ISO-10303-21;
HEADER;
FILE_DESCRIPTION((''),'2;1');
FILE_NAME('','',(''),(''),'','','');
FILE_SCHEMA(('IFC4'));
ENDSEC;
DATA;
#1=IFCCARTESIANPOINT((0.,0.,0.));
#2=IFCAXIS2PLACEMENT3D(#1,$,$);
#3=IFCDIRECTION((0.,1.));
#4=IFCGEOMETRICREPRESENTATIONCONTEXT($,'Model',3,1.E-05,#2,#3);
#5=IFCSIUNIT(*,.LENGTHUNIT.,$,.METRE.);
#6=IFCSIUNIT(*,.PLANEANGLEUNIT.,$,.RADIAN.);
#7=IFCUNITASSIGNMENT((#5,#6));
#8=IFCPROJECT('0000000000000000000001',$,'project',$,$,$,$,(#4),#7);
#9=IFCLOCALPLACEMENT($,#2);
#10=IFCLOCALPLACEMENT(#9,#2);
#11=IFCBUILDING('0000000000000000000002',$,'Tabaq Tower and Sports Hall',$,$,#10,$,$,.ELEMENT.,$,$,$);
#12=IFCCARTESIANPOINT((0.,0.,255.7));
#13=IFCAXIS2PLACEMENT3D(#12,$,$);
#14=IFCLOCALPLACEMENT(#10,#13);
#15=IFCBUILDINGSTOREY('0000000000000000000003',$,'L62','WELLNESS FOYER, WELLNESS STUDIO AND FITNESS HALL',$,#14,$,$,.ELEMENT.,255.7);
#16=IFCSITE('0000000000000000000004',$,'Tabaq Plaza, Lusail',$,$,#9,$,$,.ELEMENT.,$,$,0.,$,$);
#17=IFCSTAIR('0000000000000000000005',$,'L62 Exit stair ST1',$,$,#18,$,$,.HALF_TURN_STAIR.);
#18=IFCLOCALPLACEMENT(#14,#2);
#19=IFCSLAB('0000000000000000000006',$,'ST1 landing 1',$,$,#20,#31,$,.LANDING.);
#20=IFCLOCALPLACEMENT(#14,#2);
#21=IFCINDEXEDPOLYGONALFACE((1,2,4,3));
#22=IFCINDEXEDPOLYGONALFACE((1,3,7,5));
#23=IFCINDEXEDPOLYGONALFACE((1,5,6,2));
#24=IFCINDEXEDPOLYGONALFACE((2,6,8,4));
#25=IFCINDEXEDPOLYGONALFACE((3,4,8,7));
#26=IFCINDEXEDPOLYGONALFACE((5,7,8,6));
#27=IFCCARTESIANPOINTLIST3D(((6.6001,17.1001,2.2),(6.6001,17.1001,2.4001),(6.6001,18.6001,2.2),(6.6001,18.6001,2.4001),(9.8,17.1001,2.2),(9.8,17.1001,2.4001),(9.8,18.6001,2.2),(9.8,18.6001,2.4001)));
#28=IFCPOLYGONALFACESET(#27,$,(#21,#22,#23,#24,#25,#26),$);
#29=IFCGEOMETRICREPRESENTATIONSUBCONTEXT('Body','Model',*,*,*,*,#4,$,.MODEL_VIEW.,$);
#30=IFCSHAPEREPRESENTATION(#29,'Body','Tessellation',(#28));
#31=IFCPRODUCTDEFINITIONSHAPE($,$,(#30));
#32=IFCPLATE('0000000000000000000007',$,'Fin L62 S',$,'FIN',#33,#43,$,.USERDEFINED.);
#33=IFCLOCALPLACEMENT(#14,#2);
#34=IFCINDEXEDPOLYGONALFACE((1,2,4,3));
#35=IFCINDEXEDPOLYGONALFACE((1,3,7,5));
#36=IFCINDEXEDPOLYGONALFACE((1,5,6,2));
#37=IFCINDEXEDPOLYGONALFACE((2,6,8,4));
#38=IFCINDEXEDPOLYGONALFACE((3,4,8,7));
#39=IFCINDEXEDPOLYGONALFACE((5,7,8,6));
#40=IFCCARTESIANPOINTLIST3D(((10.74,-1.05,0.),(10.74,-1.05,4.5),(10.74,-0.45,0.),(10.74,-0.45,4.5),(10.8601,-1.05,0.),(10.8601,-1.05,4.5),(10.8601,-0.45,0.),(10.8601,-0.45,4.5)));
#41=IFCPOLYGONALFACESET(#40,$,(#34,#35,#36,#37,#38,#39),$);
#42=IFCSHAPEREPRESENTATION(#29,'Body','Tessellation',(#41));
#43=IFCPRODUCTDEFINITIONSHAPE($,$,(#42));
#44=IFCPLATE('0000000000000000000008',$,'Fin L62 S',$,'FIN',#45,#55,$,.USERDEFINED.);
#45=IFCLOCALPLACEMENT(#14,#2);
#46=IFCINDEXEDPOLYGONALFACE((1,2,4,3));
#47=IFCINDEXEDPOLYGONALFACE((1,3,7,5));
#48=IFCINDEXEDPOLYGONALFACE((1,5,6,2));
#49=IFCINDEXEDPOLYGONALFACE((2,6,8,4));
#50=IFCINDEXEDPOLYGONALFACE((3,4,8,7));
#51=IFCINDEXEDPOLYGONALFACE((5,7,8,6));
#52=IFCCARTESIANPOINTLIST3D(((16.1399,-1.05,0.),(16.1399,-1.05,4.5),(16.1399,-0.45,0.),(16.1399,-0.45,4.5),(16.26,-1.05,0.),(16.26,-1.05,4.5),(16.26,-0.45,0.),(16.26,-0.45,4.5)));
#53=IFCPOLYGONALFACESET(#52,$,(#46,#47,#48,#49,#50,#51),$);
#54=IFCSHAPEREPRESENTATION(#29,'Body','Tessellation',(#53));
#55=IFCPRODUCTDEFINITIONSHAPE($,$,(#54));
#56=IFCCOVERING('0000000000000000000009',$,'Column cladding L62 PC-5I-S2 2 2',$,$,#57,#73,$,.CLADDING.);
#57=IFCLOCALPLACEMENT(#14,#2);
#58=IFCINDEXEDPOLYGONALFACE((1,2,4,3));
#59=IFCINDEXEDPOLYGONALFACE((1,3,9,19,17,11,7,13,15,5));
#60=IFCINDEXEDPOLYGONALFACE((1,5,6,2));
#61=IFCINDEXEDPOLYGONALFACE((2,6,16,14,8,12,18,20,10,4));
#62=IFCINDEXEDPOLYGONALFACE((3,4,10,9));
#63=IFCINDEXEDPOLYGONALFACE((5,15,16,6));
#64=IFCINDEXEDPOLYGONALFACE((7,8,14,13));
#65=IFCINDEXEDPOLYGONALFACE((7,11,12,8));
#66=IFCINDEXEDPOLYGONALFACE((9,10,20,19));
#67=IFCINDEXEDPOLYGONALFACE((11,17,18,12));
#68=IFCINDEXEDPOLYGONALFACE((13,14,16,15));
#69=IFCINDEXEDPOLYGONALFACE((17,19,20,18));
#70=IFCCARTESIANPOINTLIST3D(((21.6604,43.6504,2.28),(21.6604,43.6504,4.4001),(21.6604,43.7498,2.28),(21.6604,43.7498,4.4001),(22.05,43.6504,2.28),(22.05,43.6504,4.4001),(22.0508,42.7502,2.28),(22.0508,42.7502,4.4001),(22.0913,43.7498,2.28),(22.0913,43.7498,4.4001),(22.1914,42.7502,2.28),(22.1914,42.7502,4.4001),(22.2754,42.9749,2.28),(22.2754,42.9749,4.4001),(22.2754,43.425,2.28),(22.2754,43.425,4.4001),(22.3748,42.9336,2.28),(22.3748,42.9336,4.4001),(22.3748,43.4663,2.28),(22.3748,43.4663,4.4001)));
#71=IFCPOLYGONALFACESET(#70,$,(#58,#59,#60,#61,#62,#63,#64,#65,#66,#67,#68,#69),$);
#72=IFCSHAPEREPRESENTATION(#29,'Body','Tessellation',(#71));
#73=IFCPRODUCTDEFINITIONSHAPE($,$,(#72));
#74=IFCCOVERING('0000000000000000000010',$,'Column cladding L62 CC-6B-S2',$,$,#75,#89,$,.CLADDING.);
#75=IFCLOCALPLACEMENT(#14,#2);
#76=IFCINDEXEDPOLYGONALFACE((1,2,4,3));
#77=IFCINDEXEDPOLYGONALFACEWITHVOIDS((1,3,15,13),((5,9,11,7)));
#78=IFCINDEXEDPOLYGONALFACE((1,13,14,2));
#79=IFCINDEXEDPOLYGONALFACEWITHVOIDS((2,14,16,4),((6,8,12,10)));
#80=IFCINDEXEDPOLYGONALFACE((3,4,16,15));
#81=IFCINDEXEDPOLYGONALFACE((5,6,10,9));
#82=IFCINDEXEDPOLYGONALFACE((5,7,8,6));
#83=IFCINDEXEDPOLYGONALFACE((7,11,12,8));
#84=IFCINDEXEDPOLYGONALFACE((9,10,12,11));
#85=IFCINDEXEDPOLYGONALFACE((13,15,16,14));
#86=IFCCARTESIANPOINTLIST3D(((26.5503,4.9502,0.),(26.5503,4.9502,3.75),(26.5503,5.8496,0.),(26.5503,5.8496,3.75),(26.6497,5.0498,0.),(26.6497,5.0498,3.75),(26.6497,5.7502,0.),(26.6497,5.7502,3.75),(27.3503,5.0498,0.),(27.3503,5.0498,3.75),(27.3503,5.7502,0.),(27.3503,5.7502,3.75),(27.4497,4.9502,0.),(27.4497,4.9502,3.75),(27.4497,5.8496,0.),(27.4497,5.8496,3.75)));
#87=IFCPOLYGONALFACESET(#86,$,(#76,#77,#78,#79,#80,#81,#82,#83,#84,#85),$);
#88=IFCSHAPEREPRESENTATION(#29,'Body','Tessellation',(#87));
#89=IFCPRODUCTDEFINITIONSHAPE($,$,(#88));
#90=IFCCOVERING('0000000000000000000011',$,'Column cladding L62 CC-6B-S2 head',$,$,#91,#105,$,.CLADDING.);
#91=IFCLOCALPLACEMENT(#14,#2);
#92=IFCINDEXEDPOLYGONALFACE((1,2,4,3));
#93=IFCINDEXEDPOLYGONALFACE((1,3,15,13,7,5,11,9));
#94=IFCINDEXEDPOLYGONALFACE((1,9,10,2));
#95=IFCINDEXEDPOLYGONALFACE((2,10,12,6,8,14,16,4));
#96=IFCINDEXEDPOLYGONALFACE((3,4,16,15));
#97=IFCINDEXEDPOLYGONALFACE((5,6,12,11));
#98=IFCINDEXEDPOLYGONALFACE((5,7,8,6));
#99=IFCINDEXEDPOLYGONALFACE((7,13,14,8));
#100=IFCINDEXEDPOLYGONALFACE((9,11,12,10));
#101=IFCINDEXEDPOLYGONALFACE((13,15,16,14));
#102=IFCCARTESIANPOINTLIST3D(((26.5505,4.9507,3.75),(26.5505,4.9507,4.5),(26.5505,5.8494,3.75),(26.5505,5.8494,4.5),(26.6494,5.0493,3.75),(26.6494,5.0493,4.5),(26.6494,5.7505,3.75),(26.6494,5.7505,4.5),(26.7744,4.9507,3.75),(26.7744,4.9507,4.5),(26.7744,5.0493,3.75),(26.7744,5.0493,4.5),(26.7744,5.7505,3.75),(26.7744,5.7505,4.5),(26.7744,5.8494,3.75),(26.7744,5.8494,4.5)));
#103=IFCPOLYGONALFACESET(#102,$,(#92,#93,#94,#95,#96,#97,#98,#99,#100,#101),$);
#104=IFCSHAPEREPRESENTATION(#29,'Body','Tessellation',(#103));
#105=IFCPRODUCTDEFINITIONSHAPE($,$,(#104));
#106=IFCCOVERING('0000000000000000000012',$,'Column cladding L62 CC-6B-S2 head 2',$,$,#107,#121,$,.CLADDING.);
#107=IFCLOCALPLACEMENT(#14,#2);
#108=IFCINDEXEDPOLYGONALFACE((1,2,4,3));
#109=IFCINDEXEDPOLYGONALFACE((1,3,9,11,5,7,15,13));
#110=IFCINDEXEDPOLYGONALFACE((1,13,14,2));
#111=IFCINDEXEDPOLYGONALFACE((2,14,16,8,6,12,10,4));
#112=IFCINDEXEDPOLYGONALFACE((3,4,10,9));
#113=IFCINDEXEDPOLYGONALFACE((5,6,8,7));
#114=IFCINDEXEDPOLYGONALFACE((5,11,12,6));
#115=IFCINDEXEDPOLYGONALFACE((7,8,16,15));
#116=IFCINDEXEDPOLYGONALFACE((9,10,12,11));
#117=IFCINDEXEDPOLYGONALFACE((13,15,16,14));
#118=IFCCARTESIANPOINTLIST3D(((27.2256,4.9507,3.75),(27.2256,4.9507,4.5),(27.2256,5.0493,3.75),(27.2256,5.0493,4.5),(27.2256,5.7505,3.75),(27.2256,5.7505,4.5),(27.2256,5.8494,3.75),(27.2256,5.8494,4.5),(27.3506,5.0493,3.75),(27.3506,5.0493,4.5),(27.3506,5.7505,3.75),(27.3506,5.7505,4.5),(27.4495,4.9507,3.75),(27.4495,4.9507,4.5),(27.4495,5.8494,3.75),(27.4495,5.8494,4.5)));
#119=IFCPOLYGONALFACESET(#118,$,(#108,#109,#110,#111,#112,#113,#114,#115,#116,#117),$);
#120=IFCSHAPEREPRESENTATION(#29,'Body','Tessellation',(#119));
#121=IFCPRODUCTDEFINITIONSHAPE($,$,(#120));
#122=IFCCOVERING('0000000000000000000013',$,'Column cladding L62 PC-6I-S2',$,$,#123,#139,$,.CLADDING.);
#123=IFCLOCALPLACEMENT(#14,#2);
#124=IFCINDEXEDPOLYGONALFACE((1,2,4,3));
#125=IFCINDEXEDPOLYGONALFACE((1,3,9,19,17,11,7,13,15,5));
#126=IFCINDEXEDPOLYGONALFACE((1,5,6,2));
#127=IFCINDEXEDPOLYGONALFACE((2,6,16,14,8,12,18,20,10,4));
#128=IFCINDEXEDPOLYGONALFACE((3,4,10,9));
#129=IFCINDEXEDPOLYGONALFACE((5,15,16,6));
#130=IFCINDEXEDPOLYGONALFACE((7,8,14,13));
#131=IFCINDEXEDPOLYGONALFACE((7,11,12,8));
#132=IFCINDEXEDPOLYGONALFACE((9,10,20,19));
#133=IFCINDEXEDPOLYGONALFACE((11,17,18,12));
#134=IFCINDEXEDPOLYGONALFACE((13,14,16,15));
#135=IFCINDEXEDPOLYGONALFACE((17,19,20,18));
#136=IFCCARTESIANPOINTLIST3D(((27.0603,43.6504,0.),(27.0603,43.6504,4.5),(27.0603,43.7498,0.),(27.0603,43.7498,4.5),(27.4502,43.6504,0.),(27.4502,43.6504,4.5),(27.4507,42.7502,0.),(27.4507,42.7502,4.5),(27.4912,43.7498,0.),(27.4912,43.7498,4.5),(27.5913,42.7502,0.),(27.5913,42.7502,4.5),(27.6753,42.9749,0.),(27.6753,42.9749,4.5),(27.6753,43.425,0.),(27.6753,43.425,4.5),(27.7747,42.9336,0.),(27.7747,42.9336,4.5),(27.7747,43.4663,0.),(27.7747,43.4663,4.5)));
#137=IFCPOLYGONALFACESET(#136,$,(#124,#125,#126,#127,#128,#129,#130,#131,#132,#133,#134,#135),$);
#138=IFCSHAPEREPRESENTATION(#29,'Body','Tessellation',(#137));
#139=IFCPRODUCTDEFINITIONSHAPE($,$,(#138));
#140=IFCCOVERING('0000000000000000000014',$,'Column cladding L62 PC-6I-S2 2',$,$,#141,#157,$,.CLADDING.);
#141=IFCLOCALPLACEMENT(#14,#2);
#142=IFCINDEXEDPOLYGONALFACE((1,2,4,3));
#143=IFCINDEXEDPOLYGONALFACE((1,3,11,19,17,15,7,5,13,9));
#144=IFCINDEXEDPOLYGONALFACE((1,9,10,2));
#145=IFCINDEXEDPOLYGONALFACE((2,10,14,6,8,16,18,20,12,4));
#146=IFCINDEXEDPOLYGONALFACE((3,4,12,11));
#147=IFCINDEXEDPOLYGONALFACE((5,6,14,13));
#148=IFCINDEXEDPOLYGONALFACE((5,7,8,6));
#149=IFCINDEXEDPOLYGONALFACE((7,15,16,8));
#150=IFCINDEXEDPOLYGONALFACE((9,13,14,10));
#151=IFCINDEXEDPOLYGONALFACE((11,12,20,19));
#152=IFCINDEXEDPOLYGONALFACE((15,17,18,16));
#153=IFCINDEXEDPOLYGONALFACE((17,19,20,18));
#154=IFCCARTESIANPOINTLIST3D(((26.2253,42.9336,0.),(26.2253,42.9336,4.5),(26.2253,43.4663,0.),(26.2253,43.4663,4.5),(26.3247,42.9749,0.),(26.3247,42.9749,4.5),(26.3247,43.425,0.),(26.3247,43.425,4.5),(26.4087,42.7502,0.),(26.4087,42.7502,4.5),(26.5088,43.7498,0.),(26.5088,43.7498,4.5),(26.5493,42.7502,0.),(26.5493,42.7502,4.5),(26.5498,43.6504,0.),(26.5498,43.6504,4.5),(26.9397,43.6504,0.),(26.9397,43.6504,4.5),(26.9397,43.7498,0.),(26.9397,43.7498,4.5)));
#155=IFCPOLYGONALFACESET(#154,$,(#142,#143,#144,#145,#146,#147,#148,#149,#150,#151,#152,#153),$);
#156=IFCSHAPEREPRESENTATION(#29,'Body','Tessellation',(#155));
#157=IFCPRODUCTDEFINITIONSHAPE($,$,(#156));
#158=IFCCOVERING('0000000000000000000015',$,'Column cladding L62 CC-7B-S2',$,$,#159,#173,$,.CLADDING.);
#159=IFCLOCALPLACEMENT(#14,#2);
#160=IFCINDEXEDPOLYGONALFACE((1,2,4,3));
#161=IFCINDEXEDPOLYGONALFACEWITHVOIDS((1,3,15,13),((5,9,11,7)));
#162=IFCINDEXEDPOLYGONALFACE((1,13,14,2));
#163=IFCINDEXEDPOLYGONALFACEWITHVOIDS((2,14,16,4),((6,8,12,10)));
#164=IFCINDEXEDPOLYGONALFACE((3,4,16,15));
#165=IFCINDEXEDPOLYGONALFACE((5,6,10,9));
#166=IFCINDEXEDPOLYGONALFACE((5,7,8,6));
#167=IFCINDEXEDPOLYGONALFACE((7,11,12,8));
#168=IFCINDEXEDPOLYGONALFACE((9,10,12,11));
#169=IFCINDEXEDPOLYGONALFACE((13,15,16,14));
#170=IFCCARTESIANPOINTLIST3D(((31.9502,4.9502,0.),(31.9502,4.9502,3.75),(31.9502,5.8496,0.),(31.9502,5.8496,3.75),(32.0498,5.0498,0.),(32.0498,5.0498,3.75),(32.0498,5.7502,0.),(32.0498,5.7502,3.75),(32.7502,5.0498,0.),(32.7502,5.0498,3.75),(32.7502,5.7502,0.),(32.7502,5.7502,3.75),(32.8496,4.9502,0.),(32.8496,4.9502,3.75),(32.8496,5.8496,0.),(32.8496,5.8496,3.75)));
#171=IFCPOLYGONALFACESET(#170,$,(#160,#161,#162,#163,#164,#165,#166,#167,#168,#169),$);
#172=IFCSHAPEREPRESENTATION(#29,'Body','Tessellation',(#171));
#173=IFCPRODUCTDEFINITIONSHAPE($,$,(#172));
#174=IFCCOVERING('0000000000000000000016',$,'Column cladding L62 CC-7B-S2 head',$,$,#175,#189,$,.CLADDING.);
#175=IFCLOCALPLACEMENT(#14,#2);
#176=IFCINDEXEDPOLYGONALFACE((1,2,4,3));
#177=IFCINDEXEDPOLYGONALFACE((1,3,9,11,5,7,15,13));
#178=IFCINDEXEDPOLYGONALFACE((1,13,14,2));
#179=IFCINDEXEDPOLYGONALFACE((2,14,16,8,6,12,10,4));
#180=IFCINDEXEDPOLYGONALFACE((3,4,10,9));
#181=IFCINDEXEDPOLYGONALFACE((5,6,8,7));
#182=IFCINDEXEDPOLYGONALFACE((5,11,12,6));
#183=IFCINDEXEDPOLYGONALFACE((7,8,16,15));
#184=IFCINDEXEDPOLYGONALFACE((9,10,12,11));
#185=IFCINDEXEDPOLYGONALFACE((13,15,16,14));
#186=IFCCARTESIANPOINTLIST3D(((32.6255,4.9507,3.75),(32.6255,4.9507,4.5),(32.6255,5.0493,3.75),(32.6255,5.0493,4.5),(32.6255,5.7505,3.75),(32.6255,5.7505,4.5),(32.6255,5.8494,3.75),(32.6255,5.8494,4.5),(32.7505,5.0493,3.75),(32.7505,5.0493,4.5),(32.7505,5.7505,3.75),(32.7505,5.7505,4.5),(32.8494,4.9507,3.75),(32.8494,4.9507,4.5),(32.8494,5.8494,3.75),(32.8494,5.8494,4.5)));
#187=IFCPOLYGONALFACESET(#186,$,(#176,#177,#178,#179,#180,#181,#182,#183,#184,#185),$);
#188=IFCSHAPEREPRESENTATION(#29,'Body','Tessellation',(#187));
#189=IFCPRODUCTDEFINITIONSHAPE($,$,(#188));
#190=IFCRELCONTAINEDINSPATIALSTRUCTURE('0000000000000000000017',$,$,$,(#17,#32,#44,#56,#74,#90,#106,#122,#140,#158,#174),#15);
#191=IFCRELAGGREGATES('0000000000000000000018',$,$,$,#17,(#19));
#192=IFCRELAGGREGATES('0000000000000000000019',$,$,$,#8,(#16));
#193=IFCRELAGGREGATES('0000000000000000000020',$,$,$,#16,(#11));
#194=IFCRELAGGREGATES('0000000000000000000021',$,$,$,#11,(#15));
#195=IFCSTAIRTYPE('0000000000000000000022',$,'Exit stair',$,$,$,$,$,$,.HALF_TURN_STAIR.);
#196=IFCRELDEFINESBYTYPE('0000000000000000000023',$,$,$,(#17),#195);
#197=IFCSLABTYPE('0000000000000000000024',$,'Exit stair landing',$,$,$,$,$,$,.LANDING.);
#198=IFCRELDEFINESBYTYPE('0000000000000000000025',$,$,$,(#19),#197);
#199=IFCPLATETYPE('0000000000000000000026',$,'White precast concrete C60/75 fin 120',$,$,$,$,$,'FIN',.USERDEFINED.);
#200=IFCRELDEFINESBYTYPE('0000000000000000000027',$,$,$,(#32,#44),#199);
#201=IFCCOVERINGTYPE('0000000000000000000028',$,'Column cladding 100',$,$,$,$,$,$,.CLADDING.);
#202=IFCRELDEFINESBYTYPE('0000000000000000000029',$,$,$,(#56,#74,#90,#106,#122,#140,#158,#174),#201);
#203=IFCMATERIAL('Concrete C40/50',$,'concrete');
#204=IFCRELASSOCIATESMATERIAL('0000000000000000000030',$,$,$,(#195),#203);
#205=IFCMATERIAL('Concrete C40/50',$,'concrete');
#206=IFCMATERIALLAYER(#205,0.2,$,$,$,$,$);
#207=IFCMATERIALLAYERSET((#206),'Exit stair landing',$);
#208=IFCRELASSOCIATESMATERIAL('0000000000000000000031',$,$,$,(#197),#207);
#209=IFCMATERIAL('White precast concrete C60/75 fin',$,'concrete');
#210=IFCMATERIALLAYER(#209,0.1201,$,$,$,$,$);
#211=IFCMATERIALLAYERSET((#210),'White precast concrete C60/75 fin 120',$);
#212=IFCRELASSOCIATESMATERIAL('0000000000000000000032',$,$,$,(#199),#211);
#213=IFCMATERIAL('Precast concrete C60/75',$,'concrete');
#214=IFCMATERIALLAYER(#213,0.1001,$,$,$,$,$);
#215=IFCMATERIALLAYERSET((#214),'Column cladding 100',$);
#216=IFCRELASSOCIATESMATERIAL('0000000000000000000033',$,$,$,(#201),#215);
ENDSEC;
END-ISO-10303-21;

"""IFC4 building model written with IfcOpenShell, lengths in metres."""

from ifc_helpers import new_model, si_unit, direction, frame, origin, origin_2d, place, context, subcontext, project, spatial, polyline, rectangle, outline, extrude, material, layer, layer_set, type_object, element, aggregate, save


model = new_model("IFC4")

# Units and contexts
model_context = context("Model", 3, precision=1e-05, world=origin(), true_north=direction((0.0, 1.0)))
body_context = subcontext(model_context, "Body", "Model", "MODEL_VIEW")
ifc_project = project(units=[si_unit("LENGTHUNIT", "METRE"), si_unit("PLANEANGLEUNIT", "RADIAN")], contexts=[model_context])

# Site, building, storey
site_placement = place(None, origin())
site = spatial("IfcSite", under=ifc_project, at=site_placement, Name="Tabaq Plaza, Lusail", CompositionType="ELEMENT", RefElevation=0.0)
building_placement = place(site_placement, origin())
building = spatial("IfcBuilding", under=site, at=building_placement, Name="Tabaq Tower and Sports Hall", CompositionType="ELEMENT")
storey_placement = place(building_placement, frame((0.0, 0.0, 255.7)))
storey = spatial("IfcBuildingStorey", under=building, at=storey_placement, Name="L62", Description="WELLNESS FOYER, WELLNESS STUDIO AND FITNESS HALL", CompositionType="ELEMENT", Elevation=255.7)

# Stair, slab
ifc_material_1 = material(Name="Concrete C40/50", Category="concrete")
stair_type = type_object("IfcStairType", Name="Exit stair", PredefinedType="HALF_TURN_STAIR", material=ifc_material_1)
stair_placement = place(storey_placement, origin())
stair = element("IfcStair", 1, at=stair_placement, inside=storey, type_object=stair_type, Name="L62 Exit stair ST1", PredefinedType="HALF_TURN_STAIR")
ifc_material_2 = material(Name="Concrete C40/50", Category="concrete")
ifc_layer_1 = layer(ifc_material_2, 0.2)
ifc_layer_set_1 = layer_set([ifc_layer_1], Name="Exit stair landing")
slab_type = type_object("IfcSlabType", Name="Exit stair landing", PredefinedType="LANDING", material=ifc_layer_set_1)
slab_placement = place(storey_placement, frame((0.0, 0.0, 2.2)))
slab = element("IfcSlab", 2, at=slab_placement, type_object=slab_type, Name="ST1 landing 1", PredefinedType="LANDING", context=body_context, shape_type="SweptSolid", body=[
    extrude(outline(polyline([(6.6001, 18.6001), (6.6001, 17.1001), (9.8, 17.1001), (9.8, 18.6001), (6.6001, 18.6001)])), origin(), (0.0, 0.0, 1.0), 0.2002),
])
aggregate(stair, [slab])

# Plates
ifc_material_3 = material(Name="White precast concrete C60/75 fin", Category="concrete")
ifc_layer_2 = layer(ifc_material_3, 0.1201)
ifc_layer_set_2 = layer_set([ifc_layer_2], Name="White precast concrete C60/75 fin 120")
plate_type = type_object("IfcPlateType", Name="White precast concrete C60/75 fin 120", ElementType="FIN", PredefinedType="USERDEFINED", material=ifc_layer_set_2)
for number, where, z_axis, x_axis, name in (
    (3, (10.8, -0.75, 0.0), (0.0, 0.0, 1.0), (1.0, 0.0, 0.0), "Fin L62 S"),
    (4, (16.2, -0.75, 0.0), (0.0, 0.0, 1.0), (1.0, 0.0, 0.0), "Fin L62 S"),
):
    element("IfcPlate", number, at=place(storey_placement, frame(where, z_axis=z_axis, x_axis=x_axis)), inside=storey, type_object=plate_type, Name=name, ObjectType="FIN", PredefinedType="USERDEFINED", context=body_context, shape_type="SweptSolid", body=[
        extrude(rectangle(XDim=0.1201, YDim=0.6001, at=origin_2d()), origin(), (0.0, 0.0, 1.0), 4.5),
    ])

# Coverings
ifc_material_4 = material(Name="Precast concrete C60/75", Category="concrete")
ifc_layer_3 = layer(ifc_material_4, 0.1001)
ifc_layer_set_3 = layer_set([ifc_layer_3], Name="Column cladding 100")
covering_type = type_object("IfcCoveringType", Name="Column cladding 100", PredefinedType="CLADDING", material=ifc_layer_set_3)
covering_1_placement = place(storey_placement, frame((0.0, 0.0, 2.28)))
element("IfcCovering", 5, at=covering_1_placement, inside=storey, type_object=covering_type, Name="Column cladding L62 PC-5I-S2 2 2", PredefinedType="CLADDING", context=body_context, shape_type="SweptSolid", body=[
    extrude(outline(polyline([(22.0913, 43.7498), (22.3748, 43.4663), (22.3748, 42.9336), (22.1914, 42.7502), (22.0508, 42.7502), (22.2754, 42.9749), (22.2754, 43.425), (22.05, 43.6504), (21.6604, 43.6504), (21.6604, 43.7498), (22.0913, 43.7498)])), origin(), (0.0, 0.0, 1.0), 2.1201),
])
covering_2_placement = place(storey_placement, origin())
element("IfcCovering", 6, at=covering_2_placement, inside=storey, type_object=covering_type, Name="Column cladding L62 CC-6B-S2", PredefinedType="CLADDING", context=body_context, shape_type="SweptSolid", body=[
    extrude(outline(polyline([(26.5503, 5.8496), (27.4497, 5.8496), (27.4497, 4.9502), (26.5503, 4.9502), (26.5503, 5.8496)]), holes=[polyline([(27.3503, 5.0498), (27.3503, 5.7502), (26.6497, 5.7502), (26.6497, 5.0498), (27.3503, 5.0498)])]), origin(), (0.0, 0.0, 1.0), 3.75),
])
covering_3_placement = place(storey_placement, frame((0.0, 0.0, 3.75)))
element("IfcCovering", 7, at=covering_3_placement, inside=storey, type_object=covering_type, Name="Column cladding L62 CC-6B-S2 head", PredefinedType="CLADDING", context=body_context, shape_type="SweptSolid", body=[
    extrude(outline(polyline([(26.7744, 5.0493), (26.7744, 4.9507), (26.5505, 4.9507), (26.5505, 5.8494), (26.7744, 5.8494), (26.7744, 5.7505), (26.6494, 5.7505), (26.6494, 5.0493), (26.7744, 5.0493)])), origin(), (0.0, 0.0, 1.0), 0.75),
])
covering_4_placement = place(storey_placement, frame((0.0, 0.0, 3.75)))
element("IfcCovering", 8, at=covering_4_placement, inside=storey, type_object=covering_type, Name="Column cladding L62 CC-6B-S2 head 2", PredefinedType="CLADDING", context=body_context, shape_type="SweptSolid", body=[
    extrude(outline(polyline([(27.2256, 5.0493), (27.3506, 5.0493), (27.3506, 5.7505), (27.2256, 5.7505), (27.2256, 5.8494), (27.4495, 5.8494), (27.4495, 4.9507), (27.2256, 4.9507), (27.2256, 5.0493)])), origin(), (0.0, 0.0, 1.0), 0.75),
])
covering_5_placement = place(storey_placement, origin())
element("IfcCovering", 9, at=covering_5_placement, inside=storey, type_object=covering_type, Name="Column cladding L62 PC-6I-S2", PredefinedType="CLADDING", context=body_context, shape_type="SweptSolid", body=[
    extrude(outline(polyline([(27.4912, 43.7498), (27.7747, 43.4663), (27.7747, 42.9336), (27.5913, 42.7502), (27.4507, 42.7502), (27.6753, 42.9749), (27.6753, 43.425), (27.4502, 43.6504), (27.0603, 43.6504), (27.0603, 43.7498), (27.4912, 43.7498)])), origin(), (0.0, 0.0, 1.0), 4.5),
])
covering_6_placement = place(storey_placement, origin())
element("IfcCovering", 10, at=covering_6_placement, inside=storey, type_object=covering_type, Name="Column cladding L62 PC-6I-S2 2", PredefinedType="CLADDING", context=body_context, shape_type="SweptSolid", body=[
    extrude(outline(polyline([(26.2253, 43.4663), (26.5088, 43.7498), (26.9397, 43.7498), (26.9397, 43.6504), (26.5498, 43.6504), (26.3247, 43.425), (26.3247, 42.9749), (26.5493, 42.7502), (26.4087, 42.7502), (26.2253, 42.9336), (26.2253, 43.4663)])), origin(), (0.0, 0.0, 1.0), 4.5),
])
covering_7_placement = place(storey_placement, origin())
element("IfcCovering", 11, at=covering_7_placement, inside=storey, type_object=covering_type, Name="Column cladding L62 CC-7B-S2", PredefinedType="CLADDING", context=body_context, shape_type="SweptSolid", body=[
    extrude(outline(polyline([(31.9502, 5.8496), (32.8496, 5.8496), (32.8496, 4.9502), (31.9502, 4.9502), (31.9502, 5.8496)]), holes=[polyline([(32.7502, 5.0498), (32.7502, 5.7502), (32.0498, 5.7502), (32.0498, 5.0498), (32.7502, 5.0498)])]), origin(), (0.0, 0.0, 1.0), 3.75),
])
covering_8_placement = place(storey_placement, frame((0.0, 0.0, 3.75)))
element("IfcCovering", 12, at=covering_8_placement, inside=storey, type_object=covering_type, Name="Column cladding L62 CC-7B-S2 head", PredefinedType="CLADDING", context=body_context, shape_type="SweptSolid", body=[
    extrude(outline(polyline([(32.6255, 5.0493), (32.7505, 5.0493), (32.7505, 5.7505), (32.6255, 5.7505), (32.6255, 5.8494), (32.8494, 5.8494), (32.8494, 4.9507), (32.6255, 4.9507), (32.6255, 5.0493)])), origin(), (0.0, 0.0, 1.0), 0.75),
])

save(model, "model.ifc")
